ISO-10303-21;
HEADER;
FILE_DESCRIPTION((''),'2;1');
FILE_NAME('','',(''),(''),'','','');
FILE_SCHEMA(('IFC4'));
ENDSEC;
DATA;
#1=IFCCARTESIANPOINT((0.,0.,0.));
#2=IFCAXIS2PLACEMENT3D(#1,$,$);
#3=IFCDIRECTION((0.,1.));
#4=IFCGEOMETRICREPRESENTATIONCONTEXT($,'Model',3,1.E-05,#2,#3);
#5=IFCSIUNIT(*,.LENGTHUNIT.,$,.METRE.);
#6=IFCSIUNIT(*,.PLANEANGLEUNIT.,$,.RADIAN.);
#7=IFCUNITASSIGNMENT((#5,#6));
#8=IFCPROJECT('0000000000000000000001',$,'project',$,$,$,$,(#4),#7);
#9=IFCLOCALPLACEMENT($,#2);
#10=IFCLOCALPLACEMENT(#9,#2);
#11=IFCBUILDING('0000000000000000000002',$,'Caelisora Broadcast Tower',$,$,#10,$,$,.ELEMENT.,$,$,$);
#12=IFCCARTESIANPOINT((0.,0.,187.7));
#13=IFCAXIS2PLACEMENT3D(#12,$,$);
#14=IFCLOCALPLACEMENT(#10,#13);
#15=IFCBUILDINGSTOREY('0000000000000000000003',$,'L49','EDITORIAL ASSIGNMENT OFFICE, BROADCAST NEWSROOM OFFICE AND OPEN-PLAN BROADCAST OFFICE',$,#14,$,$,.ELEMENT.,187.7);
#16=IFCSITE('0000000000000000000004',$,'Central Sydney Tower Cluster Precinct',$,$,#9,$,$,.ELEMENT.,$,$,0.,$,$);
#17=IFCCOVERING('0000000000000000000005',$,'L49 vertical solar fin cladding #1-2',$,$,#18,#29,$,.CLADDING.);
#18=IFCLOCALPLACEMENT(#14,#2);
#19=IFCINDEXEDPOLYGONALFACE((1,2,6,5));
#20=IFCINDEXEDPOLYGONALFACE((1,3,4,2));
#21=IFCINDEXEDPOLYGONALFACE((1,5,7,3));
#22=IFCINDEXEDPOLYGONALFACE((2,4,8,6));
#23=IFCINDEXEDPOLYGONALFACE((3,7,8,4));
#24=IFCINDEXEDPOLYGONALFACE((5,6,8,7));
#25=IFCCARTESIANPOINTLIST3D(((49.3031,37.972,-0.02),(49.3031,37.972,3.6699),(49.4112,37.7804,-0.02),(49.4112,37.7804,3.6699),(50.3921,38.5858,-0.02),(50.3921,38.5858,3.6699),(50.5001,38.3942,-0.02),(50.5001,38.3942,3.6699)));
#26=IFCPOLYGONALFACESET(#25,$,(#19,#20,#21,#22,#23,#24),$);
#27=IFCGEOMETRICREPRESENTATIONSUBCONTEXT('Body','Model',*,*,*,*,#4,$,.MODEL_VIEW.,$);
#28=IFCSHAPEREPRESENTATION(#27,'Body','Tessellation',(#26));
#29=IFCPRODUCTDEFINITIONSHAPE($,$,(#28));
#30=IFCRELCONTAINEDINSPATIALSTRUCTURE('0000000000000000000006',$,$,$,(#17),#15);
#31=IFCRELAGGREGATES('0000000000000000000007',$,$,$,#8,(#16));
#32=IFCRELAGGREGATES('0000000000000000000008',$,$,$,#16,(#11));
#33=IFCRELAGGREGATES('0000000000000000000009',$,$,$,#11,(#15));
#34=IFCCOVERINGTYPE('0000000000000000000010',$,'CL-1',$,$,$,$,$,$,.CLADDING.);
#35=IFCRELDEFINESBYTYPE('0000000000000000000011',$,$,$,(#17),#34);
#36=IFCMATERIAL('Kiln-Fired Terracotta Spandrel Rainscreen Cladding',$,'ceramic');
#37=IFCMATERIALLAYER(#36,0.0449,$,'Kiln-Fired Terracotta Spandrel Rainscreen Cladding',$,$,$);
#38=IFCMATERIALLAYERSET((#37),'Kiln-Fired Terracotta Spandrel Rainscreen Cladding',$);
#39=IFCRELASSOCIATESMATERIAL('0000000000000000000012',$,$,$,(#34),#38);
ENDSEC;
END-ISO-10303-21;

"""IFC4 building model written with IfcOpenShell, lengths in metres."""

from ifc_helpers import new_model, si_unit, direction, frame, origin, origin_2d, place, context, subcontext, project, spatial, rectangle, extrude, source, transform, mapped, material, layer, layer_set, type_object, type_shapes, element, save


model = new_model("IFC4")

# Units and contexts
model_context = context("Model", 3, precision=1e-05, world=origin(), true_north=direction((0.0, 1.0)))
body_context = subcontext(model_context, "Body", "Model", "MODEL_VIEW")
ifc_project = project(units=[si_unit("LENGTHUNIT", "METRE"), si_unit("PLANEANGLEUNIT", "RADIAN")], contexts=[model_context])

# Site, building, storey
site_placement = place(None, origin())
site = spatial("IfcSite", under=ifc_project, at=site_placement, Name="Central Sydney Tower Cluster Precinct", CompositionType="ELEMENT", RefElevation=0.0)
building_placement = place(site_placement, origin())
building = spatial("IfcBuilding", under=site, at=building_placement, Name="Caelisora Broadcast Tower", CompositionType="ELEMENT")
storey_placement = place(building_placement, frame((0.0, 0.0, 187.7)))
storey = spatial("IfcBuildingStorey", under=building, at=storey_placement, Name="L49", Description="EDITORIAL ASSIGNMENT OFFICE, BROADCAST NEWSROOM OFFICE AND OPEN-PLAN BROADCAST OFFICE", CompositionType="ELEMENT", Elevation=187.7)

# Covering
ifc_material_1 = material(Name="Kiln-Fired Terracotta Spandrel Rainscreen Cladding", Category="ceramic")
ifc_layer_1 = layer(ifc_material_1, 0.0449, Name="Kiln-Fired Terracotta Spandrel Rainscreen Cladding")
ifc_layer_set_1 = layer_set([ifc_layer_1], Name="Kiln-Fired Terracotta Spandrel Rainscreen Cladding")
covering_type = type_object("IfcCoveringType", Name="CL-1", PredefinedType="CLADDING", material=ifc_layer_set_1)
shared_shape_1 = source(origin(), body_context, "Body", "SweptSolid", [
    extrude(rectangle(XDim=0.22, YDim=1.25, at=origin_2d()), origin(), (0.0, 0.0, 1.0), 3.6899),
])
type_shapes(covering_type, [shared_shape_1])
for number, where, z_axis, x_axis, name in (
    (1, (49.9016, 38.1831, -0.02), (0.0, 0.0, 1.0), (0.491056, -0.871128, 0.0), "L49 vertical solar fin cladding #1-2"),
):
    element("IfcCovering", number, at=place(storey_placement, frame(where, z_axis=z_axis, x_axis=x_axis)), inside=storey, type_object=covering_type, Name=name, PredefinedType="CLADDING", context=body_context, shape_type="MappedRepresentation", body=[
        mapped(shared_shape_1, transform((0.0, 0.0, 0.0), scale=1.0)),
    ])

save(model, "model.ifc")
